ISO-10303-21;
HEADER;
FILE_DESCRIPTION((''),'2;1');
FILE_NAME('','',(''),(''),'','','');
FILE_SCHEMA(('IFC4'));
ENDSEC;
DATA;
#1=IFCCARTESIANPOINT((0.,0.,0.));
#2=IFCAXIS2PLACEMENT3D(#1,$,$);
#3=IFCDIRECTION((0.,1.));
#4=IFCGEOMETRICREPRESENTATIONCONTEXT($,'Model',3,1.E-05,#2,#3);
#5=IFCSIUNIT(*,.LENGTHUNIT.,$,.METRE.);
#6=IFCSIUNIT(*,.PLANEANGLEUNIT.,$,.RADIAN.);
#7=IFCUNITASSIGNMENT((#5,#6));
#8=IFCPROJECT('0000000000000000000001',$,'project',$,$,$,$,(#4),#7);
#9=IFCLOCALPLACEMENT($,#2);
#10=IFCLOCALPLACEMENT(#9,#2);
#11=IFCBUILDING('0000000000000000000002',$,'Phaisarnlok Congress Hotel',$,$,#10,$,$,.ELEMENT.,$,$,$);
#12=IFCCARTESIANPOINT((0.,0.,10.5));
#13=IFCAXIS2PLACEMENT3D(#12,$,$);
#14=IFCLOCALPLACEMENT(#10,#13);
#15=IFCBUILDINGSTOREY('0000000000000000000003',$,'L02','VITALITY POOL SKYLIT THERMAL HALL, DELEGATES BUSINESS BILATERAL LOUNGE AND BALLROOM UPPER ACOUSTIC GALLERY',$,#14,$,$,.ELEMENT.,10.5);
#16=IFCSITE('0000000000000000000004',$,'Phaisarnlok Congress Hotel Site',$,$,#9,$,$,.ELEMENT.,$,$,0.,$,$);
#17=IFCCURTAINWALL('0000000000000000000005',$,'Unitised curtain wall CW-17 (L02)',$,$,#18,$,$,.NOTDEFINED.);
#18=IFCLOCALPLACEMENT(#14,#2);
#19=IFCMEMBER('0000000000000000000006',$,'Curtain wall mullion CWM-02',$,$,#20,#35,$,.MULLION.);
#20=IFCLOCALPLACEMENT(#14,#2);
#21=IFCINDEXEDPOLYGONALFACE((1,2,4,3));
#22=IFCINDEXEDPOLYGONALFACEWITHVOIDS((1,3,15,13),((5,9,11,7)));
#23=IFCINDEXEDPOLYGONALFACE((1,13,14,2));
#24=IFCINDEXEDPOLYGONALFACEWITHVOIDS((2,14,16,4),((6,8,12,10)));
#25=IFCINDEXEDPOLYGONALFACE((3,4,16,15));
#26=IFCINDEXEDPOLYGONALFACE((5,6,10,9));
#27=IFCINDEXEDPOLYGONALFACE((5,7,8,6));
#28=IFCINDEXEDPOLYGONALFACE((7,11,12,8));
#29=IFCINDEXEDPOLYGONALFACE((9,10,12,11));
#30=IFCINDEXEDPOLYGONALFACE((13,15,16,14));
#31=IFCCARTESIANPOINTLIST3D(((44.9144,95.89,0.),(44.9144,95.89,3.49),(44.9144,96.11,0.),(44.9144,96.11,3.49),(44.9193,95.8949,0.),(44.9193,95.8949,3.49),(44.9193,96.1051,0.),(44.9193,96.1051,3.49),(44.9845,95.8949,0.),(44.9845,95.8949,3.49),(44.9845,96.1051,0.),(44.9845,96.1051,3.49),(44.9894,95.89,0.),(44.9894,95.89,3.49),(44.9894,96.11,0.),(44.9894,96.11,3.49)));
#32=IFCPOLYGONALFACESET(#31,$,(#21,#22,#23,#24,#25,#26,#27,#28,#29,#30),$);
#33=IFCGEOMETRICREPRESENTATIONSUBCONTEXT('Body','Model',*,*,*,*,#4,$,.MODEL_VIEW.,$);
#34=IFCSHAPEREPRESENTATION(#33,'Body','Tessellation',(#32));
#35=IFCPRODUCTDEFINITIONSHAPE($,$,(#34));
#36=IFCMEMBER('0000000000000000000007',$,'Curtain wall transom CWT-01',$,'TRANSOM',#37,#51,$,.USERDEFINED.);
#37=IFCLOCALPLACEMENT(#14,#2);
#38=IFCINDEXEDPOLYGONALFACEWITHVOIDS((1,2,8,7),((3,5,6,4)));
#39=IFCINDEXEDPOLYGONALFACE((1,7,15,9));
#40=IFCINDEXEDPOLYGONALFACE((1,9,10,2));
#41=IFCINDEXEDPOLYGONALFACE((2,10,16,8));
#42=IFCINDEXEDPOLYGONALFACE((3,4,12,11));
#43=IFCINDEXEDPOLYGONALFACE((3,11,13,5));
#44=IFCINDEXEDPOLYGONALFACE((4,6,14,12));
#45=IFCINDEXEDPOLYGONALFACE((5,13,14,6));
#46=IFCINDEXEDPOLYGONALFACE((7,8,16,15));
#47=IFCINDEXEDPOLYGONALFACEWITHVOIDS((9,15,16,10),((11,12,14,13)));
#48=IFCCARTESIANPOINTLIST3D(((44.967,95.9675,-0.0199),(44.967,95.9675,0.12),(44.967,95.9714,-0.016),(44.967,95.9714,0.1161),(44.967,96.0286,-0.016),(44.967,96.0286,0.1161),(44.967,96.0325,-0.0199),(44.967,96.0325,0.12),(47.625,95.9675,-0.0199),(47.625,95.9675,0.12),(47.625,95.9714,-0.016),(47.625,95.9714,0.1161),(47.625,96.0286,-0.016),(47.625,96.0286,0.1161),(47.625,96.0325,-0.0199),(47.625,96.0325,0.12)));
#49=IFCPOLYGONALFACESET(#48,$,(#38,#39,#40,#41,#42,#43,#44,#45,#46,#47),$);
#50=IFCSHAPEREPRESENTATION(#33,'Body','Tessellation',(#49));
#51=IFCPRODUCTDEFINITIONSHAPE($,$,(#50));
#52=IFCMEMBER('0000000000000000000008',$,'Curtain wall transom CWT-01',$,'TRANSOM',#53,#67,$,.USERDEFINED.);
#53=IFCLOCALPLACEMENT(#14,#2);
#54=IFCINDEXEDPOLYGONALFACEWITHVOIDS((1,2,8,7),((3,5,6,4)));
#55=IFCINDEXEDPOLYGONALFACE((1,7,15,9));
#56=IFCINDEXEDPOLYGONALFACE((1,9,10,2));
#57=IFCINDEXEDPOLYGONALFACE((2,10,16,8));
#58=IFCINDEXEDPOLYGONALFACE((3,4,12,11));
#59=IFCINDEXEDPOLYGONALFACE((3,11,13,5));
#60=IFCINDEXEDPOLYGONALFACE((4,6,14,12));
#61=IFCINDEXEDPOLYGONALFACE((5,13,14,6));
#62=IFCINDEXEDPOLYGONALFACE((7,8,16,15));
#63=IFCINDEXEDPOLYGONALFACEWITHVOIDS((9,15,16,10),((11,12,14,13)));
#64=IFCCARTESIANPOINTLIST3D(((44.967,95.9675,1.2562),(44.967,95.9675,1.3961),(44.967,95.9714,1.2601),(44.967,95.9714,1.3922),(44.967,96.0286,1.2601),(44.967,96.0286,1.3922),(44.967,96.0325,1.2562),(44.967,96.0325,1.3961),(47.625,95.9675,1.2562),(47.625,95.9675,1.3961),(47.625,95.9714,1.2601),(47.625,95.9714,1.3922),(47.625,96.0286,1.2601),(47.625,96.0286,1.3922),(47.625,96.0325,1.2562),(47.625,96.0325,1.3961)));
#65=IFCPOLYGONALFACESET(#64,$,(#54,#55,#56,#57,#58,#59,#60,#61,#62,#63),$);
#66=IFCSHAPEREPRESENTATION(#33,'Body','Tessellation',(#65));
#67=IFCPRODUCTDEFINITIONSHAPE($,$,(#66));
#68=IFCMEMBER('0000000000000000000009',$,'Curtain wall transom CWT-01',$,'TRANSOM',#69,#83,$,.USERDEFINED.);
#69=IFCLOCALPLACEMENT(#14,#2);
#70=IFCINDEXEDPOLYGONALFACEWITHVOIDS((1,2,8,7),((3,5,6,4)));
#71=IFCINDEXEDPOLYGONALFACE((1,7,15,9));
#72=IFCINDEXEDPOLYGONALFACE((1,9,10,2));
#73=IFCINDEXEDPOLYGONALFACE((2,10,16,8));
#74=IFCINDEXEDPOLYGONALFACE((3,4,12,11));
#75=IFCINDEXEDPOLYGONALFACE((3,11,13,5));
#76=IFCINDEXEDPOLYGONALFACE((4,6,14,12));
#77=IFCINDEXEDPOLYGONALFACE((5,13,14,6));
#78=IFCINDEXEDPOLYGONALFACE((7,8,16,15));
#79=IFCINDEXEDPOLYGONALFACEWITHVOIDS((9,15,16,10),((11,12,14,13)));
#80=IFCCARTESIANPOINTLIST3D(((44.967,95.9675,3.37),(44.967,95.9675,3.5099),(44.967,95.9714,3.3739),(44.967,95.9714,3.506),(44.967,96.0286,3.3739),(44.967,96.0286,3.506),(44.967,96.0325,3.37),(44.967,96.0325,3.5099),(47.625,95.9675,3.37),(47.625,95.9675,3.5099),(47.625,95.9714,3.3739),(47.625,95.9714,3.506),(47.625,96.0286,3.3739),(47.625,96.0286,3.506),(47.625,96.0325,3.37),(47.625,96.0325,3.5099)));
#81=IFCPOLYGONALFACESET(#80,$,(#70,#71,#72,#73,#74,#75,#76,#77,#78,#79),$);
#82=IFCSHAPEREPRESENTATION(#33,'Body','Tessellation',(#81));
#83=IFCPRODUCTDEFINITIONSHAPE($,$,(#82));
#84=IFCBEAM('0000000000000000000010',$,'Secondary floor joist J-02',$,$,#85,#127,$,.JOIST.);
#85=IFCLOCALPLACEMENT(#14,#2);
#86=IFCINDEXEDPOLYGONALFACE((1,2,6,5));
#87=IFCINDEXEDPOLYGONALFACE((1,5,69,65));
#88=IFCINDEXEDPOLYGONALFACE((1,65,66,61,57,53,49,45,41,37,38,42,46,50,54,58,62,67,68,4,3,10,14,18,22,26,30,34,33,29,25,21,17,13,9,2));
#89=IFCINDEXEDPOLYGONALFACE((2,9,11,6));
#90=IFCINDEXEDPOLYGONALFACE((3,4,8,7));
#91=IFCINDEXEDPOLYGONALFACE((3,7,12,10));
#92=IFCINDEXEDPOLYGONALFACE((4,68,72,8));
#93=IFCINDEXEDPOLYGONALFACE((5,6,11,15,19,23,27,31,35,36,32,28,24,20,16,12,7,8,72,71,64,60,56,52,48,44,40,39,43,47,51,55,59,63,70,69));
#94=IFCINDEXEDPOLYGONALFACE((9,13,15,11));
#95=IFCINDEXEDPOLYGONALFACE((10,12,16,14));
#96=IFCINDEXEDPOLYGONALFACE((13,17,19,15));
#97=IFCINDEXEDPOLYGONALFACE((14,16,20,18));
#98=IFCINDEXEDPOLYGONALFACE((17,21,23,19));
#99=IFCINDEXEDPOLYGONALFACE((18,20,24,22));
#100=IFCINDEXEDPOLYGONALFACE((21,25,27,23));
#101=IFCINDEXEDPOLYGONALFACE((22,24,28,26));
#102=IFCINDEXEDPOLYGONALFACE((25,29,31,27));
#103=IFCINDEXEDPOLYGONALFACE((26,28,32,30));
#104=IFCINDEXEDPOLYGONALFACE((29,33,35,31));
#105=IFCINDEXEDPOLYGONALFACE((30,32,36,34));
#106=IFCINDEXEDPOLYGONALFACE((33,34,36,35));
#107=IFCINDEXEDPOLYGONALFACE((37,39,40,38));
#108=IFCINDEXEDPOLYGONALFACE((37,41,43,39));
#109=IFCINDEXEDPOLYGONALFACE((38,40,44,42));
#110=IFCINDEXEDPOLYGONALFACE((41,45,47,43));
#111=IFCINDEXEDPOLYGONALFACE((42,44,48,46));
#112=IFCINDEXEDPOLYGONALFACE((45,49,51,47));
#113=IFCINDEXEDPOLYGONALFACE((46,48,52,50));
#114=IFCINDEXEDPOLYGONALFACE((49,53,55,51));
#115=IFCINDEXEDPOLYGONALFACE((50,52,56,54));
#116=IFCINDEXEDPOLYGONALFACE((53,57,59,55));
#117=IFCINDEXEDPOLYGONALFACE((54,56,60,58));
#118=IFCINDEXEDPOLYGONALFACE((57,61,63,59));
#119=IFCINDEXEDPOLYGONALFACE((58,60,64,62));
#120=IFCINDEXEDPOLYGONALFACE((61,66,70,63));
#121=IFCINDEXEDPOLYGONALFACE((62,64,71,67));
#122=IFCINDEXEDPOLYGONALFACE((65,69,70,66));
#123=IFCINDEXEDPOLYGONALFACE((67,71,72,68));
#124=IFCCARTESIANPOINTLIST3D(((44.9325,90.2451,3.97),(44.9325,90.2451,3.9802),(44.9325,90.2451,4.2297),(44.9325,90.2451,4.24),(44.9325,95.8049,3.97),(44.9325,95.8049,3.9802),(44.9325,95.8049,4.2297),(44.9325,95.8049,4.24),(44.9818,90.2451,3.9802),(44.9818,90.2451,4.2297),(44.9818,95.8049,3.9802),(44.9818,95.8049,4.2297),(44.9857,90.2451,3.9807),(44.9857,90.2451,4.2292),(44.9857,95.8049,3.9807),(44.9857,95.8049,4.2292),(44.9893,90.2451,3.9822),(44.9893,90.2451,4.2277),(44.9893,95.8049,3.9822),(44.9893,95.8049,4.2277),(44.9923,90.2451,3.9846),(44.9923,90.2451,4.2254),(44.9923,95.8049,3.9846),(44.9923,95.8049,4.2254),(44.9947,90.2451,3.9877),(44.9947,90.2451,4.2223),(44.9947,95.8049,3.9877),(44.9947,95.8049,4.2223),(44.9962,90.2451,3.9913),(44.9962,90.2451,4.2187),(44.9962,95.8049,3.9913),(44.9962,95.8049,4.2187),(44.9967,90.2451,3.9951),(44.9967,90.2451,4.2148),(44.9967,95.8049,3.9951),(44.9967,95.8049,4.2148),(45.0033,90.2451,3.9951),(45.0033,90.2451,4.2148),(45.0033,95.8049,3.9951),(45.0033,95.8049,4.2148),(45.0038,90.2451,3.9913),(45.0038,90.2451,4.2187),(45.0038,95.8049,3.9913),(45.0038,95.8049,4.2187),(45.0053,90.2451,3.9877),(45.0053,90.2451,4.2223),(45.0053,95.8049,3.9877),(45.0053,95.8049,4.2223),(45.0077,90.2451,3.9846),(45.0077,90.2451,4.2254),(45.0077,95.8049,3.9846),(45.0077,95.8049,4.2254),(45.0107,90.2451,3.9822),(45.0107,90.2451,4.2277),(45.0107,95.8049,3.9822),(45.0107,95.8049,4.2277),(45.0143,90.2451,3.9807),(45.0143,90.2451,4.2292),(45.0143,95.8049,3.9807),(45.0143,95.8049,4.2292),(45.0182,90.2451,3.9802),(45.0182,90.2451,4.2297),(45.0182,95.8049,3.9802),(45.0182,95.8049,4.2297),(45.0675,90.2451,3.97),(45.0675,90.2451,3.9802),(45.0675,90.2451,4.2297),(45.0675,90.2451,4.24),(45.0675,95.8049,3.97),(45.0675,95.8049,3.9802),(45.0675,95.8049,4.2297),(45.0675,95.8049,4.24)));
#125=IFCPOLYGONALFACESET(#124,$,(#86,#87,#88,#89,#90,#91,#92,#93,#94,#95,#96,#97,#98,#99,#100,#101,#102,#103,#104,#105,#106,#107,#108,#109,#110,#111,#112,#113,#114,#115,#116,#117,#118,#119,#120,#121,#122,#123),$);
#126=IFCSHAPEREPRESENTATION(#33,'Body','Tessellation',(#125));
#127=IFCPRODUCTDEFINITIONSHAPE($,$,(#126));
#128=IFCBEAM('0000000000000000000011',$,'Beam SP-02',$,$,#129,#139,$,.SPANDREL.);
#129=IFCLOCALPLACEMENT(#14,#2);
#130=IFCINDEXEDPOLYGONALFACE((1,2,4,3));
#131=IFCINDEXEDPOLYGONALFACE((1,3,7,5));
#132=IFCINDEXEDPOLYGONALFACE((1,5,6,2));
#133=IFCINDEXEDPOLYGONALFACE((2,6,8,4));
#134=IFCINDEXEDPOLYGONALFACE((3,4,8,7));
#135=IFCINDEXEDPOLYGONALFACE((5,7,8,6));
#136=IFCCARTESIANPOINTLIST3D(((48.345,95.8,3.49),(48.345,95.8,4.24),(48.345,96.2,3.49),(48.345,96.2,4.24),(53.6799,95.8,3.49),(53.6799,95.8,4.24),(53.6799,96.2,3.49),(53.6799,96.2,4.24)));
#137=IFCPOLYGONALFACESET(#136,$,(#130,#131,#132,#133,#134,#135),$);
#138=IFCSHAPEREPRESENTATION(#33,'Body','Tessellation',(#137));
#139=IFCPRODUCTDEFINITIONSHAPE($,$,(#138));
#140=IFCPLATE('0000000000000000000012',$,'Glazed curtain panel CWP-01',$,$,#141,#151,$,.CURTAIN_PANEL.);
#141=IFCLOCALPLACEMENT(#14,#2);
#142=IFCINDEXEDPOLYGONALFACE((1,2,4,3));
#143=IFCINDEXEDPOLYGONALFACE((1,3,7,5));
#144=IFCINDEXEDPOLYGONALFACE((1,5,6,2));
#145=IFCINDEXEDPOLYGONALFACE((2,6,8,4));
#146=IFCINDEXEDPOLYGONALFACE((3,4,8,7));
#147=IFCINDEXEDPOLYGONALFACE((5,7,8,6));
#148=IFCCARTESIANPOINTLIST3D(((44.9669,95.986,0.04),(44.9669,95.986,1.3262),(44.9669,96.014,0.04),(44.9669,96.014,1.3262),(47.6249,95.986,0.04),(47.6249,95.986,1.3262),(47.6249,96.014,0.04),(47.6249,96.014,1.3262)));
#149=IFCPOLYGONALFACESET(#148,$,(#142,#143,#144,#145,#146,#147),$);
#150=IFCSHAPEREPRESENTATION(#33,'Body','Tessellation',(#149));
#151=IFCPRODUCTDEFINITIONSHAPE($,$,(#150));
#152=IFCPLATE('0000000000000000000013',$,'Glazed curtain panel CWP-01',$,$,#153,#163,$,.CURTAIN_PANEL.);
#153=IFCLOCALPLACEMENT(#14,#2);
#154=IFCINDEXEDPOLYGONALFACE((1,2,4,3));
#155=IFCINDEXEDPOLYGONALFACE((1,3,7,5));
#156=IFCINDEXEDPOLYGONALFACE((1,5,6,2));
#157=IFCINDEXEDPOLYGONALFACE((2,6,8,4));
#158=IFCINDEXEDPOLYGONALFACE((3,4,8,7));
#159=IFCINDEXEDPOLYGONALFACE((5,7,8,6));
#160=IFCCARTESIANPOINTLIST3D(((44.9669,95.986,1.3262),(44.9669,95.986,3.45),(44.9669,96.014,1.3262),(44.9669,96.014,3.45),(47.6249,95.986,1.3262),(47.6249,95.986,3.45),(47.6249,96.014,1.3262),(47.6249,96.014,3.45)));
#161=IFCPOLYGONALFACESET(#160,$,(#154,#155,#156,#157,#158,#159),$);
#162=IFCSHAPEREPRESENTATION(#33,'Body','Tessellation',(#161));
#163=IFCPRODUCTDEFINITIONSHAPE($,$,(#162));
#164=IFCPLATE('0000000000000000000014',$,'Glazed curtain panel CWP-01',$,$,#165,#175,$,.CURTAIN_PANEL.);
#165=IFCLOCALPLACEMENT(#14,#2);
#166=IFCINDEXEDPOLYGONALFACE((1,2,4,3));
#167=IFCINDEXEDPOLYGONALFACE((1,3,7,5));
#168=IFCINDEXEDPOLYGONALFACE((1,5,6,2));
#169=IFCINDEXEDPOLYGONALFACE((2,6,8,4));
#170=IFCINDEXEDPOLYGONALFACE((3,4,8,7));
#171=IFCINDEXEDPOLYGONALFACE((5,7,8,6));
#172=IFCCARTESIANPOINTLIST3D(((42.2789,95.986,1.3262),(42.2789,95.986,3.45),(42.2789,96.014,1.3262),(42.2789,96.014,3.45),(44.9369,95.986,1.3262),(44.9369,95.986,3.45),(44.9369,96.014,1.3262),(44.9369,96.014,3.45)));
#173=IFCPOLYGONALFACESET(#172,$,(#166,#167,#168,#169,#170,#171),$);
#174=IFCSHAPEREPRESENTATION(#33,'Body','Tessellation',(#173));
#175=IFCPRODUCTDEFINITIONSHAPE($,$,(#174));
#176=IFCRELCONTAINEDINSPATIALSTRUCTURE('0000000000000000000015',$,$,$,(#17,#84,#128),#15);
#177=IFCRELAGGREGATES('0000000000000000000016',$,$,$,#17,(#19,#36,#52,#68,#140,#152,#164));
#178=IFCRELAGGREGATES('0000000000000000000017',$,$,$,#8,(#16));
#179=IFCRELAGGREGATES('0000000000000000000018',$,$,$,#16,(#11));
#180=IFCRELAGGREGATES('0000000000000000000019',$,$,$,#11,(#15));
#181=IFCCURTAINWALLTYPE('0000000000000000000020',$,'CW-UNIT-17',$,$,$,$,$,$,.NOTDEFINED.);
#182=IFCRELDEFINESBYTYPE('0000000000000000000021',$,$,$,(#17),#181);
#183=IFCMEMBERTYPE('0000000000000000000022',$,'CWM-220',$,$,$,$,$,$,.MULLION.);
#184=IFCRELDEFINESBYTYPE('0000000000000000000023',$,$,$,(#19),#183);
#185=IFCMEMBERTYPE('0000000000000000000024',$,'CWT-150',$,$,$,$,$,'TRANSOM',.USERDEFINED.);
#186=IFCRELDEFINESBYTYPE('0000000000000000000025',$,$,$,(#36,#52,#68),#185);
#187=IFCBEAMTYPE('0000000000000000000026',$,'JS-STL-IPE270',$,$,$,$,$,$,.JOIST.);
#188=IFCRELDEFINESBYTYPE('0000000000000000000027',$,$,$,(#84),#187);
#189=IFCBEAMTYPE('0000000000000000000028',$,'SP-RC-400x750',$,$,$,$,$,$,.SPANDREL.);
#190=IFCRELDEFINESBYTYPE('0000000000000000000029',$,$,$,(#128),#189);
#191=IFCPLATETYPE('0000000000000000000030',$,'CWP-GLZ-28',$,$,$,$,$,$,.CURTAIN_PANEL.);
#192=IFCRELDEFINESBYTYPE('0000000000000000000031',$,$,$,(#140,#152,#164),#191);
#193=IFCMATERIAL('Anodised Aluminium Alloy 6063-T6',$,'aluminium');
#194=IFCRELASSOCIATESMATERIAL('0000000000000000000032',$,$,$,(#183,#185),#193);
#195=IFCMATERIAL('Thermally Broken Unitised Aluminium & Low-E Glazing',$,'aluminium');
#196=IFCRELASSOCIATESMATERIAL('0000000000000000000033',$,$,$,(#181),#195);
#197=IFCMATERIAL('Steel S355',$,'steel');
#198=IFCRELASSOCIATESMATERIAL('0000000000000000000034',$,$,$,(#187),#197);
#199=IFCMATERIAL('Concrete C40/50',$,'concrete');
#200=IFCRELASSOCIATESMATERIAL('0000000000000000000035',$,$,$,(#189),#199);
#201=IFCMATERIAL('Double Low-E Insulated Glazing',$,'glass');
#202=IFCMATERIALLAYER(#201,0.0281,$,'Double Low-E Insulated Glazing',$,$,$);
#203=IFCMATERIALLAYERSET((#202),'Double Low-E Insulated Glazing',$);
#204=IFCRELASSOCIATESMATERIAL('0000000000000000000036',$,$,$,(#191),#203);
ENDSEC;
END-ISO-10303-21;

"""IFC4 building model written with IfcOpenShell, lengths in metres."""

from ifc_helpers import new_model, si_unit, direction, frame, frame_2d, origin, origin_2d, place, context, subcontext, project, spatial, rectangle, hollow_rectangle, i_section, extrude, material, layer, layer_set, material_profile, profile_set, type_object, element, aggregate, save


model = new_model("IFC4")

# Units and contexts
model_context = context("Model", 3, precision=1e-05, world=origin(), true_north=direction((0.0, 1.0)))
body_context = subcontext(model_context, "Body", "Model", "MODEL_VIEW")
ifc_project = project(units=[si_unit("LENGTHUNIT", "METRE"), si_unit("PLANEANGLEUNIT", "RADIAN")], contexts=[model_context])

# Site, building, storey
site_placement = place(None, origin())
site = spatial("IfcSite", under=ifc_project, at=site_placement, Name="Phaisarnlok Congress Hotel Site", CompositionType="ELEMENT", RefElevation=0.0)
building_placement = place(site_placement, origin())
building = spatial("IfcBuilding", under=site, at=building_placement, Name="Phaisarnlok Congress Hotel", CompositionType="ELEMENT")
storey_placement = place(building_placement, frame((0.0, 0.0, 10.5)))
storey = spatial("IfcBuildingStorey", under=building, at=storey_placement, Name="L02", Description="VITALITY POOL SKYLIT THERMAL HALL, DELEGATES BUSINESS BILATERAL LOUNGE AND BALLROOM UPPER ACOUSTIC GALLERY", CompositionType="ELEMENT", Elevation=10.5)

# Shared definitions
ifc_material_1 = material(Name="Steel S355", Category="steel")

# Shared definitions
ifc_material_2 = material(Name="Concrete C40/50", Category="concrete")

# Shared definitions
ifc_material_3 = material(Name="Thermally Broken Unitised Aluminium & Low-E Glazing", Category="aluminium")
ifc_material_4 = material(Name="Anodised Aluminium Alloy 6063-T6", Category="aluminium")
ifc_material_profile_1 = material_profile(ifc_material_4, hollow_rectangle(XDim=0.075, YDim=0.22, WallThickness=0.0049, at=origin_2d()), Name="ALU-M 75x220x5")
ifc_profile_set_1 = profile_set([ifc_material_profile_1], Name="Anodised Aluminium Alloy 6063-T6")
member_type_1 = type_object("IfcMemberType", Name="CWM-220", PredefinedType="MULLION", material=ifc_profile_set_1)

# Curtain wall, members
curtain_wall_type_1 = type_object("IfcCurtainWallType", Name="CW-UNIT-17", PredefinedType="NOTDEFINED", material=ifc_material_3)
curtain_wall_1_placement = place(storey_placement, origin())
curtain_wall_1 = element("IfcCurtainWall", 1, at=curtain_wall_1_placement, inside=storey, type_object=curtain_wall_type_1, Name="Unitised curtain wall CW-17 (L02)", PredefinedType="NOTDEFINED")
member_1_placement = place(storey_placement, frame((44.9519, 96.0, 0.0), z_axis=(0.0, 0.0, 1.0), x_axis=(-1.0, 0.0, 0.0)))
member_1 = element("IfcMember", 2, at=member_1_placement, type_object=member_type_1, Name="Curtain wall mullion CWM-02", PredefinedType="MULLION", context=body_context, shape_type="SweptSolid", body=[
    extrude(hollow_rectangle(XDim=0.075, YDim=0.22, WallThickness=0.0049, at=origin_2d()), origin(), (0.0, 0.0, 1.0), 3.49),
])
ifc_material_profile_2 = material_profile(ifc_material_4, hollow_rectangle(XDim=0.0649, YDim=0.1399, WallThickness=0.0039, at=origin_2d()), Name="ALU-T 65x140x4")
ifc_profile_set_2 = profile_set([ifc_material_profile_2], Name="Anodised Aluminium Alloy 6063-T6")
member_type_2 = type_object("IfcMemberType", Name="CWT-150", ElementType="TRANSOM", PredefinedType="USERDEFINED", material=ifc_profile_set_2)
member_2_placement = place(storey_placement, frame((47.625, 96.0, 0.05), z_axis=(-1.0, 0.0, 0.0), x_axis=(0.0, -1.0, 0.0)))
member_2 = element("IfcMember", 3, at=member_2_placement, type_object=member_type_2, Name="Curtain wall transom CWT-01", ObjectType="TRANSOM", PredefinedType="USERDEFINED", context=body_context, shape_type="SweptSolid", body=[
    extrude(hollow_rectangle(XDim=0.0649, YDim=0.1399, WallThickness=0.0039, at=origin_2d()), origin(), (0.0, 0.0, 1.0), 2.658),
])
member_3_placement = place(storey_placement, frame((47.625, 96.0, 1.3262), z_axis=(-1.0, 0.0, 0.0), x_axis=(0.0, -1.0, 0.0)))
member_3 = element("IfcMember", 4, at=member_3_placement, type_object=member_type_2, Name="Curtain wall transom CWT-01", ObjectType="TRANSOM", PredefinedType="USERDEFINED", context=body_context, shape_type="SweptSolid", body=[
    extrude(hollow_rectangle(XDim=0.0649, YDim=0.1399, WallThickness=0.0039, at=origin_2d()), origin(), (0.0, 0.0, 1.0), 2.658),
])
member_4_placement = place(storey_placement, frame((47.625, 96.0, 3.4399), z_axis=(-1.0, 0.0, 0.0), x_axis=(0.0, -1.0, 0.0)))
member_4 = element("IfcMember", 5, at=member_4_placement, type_object=member_type_2, Name="Curtain wall transom CWT-01", ObjectType="TRANSOM", PredefinedType="USERDEFINED", context=body_context, shape_type="SweptSolid", body=[
    extrude(hollow_rectangle(XDim=0.0649, YDim=0.1399, WallThickness=0.0039, at=origin_2d()), origin(), (0.0, 0.0, 1.0), 2.658),
])

# Beams
ifc_material_profile_3 = material_profile(ifc_material_1, i_section(OverallWidth=0.135, OverallDepth=0.27, WebThickness=0.0066, FlangeThickness=0.0103, FilletRadius=0.0149, at=origin_2d()), Name="IPE 270")
ifc_profile_set_3 = profile_set([ifc_material_profile_3], Name="Steel S355")
beam_type_1 = type_object("IfcBeamType", Name="JS-STL-IPE270", PredefinedType="JOIST", material=ifc_profile_set_3)
beam_1_placement = place(storey_placement, frame((45.0, 90.2451, 4.105), z_axis=(0.0, 1.0, 0.0), x_axis=(-1.0, 0.0, 0.0)))
element("IfcBeam", 6, at=beam_1_placement, inside=storey, type_object=beam_type_1, Name="Secondary floor joist J-02", PredefinedType="JOIST", context=body_context, shape_type="SweptSolid", body=[
    extrude(i_section(OverallWidth=0.135, OverallDepth=0.27, WebThickness=0.0066, FlangeThickness=0.0103, FilletRadius=0.0149, at=origin_2d()), origin(), (0.0, 0.0, 1.0), 5.5598),
])
ifc_material_profile_4 = material_profile(ifc_material_2, rectangle(XDim=0.3999, YDim=0.75, at=origin_2d()), Name="RC 400x750")
ifc_profile_set_4 = profile_set([ifc_material_profile_4], Name="Concrete C40/50")
beam_type_2 = type_object("IfcBeamType", Name="SP-RC-400x750", PredefinedType="SPANDREL", material=ifc_profile_set_4)
beam_2_placement = place(storey_placement, frame((48.345, 96.0, 3.865), z_axis=(1.0, 0.0, 0.0), x_axis=(0.0, 1.0, 0.0)))
element("IfcBeam", 7, at=beam_2_placement, inside=storey, type_object=beam_type_2, Name="Beam SP-02", PredefinedType="SPANDREL", context=body_context, shape_type="SweptSolid", body=[
    extrude(rectangle(XDim=0.3999, YDim=0.75, at=origin_2d()), origin(), (0.0, 0.0, 1.0), 5.335),
])

# Plates
ifc_material_5 = material(Name="Double Low-E Insulated Glazing", Category="glass")
ifc_layer_1 = layer(ifc_material_5, 0.0281, Name="Double Low-E Insulated Glazing")
ifc_layer_set_1 = layer_set([ifc_layer_1], Name="Double Low-E Insulated Glazing")
plate_type_1 = type_object("IfcPlateType", Name="CWP-GLZ-28", PredefinedType="CURTAIN_PANEL", material=ifc_layer_set_1)
plate_1_placement = place(storey_placement, frame((47.625, 96.0, 0.04), z_axis=(0.0, 0.0, 1.0), x_axis=(-1.0, 0.0, 0.0)))
plate_1 = element("IfcPlate", 8, at=plate_1_placement, type_object=plate_type_1, Name="Glazed curtain panel CWP-01", PredefinedType="CURTAIN_PANEL", context=body_context, shape_type="SweptSolid", body=[
    extrude(rectangle(XDim=2.658, YDim=0.0281, at=frame_2d((1.3291, 0.0))), origin(), (0.0, 0.0, 1.0), 1.2861),
])
plate_2_placement = place(storey_placement, frame((47.625, 96.0, 1.3262), z_axis=(0.0, 0.0, 1.0), x_axis=(-1.0, 0.0, 0.0)))
plate_2 = element("IfcPlate", 9, at=plate_2_placement, type_object=plate_type_1, Name="Glazed curtain panel CWP-01", PredefinedType="CURTAIN_PANEL", context=body_context, shape_type="SweptSolid", body=[
    extrude(rectangle(XDim=2.658, YDim=0.0281, at=frame_2d((1.3291, 0.0))), origin(), (0.0, 0.0, 1.0), 2.1238),
])
plate_3_placement = place(storey_placement, frame((44.937, 96.0, 1.3262), z_axis=(0.0, 0.0, 1.0), x_axis=(-1.0, 0.0, 0.0)))
plate_3 = element("IfcPlate", 10, at=plate_3_placement, type_object=plate_type_1, Name="Glazed curtain panel CWP-01", PredefinedType="CURTAIN_PANEL", context=body_context, shape_type="SweptSolid", body=[
    extrude(rectangle(XDim=2.658, YDim=0.0281, at=frame_2d((1.3291, 0.0))), origin(), (0.0, 0.0, 1.0), 2.1238),
])
aggregate(curtain_wall_1, [member_1, member_2, member_3, member_4, plate_1, plate_2, plate_3])

save(model, "model.ifc")
